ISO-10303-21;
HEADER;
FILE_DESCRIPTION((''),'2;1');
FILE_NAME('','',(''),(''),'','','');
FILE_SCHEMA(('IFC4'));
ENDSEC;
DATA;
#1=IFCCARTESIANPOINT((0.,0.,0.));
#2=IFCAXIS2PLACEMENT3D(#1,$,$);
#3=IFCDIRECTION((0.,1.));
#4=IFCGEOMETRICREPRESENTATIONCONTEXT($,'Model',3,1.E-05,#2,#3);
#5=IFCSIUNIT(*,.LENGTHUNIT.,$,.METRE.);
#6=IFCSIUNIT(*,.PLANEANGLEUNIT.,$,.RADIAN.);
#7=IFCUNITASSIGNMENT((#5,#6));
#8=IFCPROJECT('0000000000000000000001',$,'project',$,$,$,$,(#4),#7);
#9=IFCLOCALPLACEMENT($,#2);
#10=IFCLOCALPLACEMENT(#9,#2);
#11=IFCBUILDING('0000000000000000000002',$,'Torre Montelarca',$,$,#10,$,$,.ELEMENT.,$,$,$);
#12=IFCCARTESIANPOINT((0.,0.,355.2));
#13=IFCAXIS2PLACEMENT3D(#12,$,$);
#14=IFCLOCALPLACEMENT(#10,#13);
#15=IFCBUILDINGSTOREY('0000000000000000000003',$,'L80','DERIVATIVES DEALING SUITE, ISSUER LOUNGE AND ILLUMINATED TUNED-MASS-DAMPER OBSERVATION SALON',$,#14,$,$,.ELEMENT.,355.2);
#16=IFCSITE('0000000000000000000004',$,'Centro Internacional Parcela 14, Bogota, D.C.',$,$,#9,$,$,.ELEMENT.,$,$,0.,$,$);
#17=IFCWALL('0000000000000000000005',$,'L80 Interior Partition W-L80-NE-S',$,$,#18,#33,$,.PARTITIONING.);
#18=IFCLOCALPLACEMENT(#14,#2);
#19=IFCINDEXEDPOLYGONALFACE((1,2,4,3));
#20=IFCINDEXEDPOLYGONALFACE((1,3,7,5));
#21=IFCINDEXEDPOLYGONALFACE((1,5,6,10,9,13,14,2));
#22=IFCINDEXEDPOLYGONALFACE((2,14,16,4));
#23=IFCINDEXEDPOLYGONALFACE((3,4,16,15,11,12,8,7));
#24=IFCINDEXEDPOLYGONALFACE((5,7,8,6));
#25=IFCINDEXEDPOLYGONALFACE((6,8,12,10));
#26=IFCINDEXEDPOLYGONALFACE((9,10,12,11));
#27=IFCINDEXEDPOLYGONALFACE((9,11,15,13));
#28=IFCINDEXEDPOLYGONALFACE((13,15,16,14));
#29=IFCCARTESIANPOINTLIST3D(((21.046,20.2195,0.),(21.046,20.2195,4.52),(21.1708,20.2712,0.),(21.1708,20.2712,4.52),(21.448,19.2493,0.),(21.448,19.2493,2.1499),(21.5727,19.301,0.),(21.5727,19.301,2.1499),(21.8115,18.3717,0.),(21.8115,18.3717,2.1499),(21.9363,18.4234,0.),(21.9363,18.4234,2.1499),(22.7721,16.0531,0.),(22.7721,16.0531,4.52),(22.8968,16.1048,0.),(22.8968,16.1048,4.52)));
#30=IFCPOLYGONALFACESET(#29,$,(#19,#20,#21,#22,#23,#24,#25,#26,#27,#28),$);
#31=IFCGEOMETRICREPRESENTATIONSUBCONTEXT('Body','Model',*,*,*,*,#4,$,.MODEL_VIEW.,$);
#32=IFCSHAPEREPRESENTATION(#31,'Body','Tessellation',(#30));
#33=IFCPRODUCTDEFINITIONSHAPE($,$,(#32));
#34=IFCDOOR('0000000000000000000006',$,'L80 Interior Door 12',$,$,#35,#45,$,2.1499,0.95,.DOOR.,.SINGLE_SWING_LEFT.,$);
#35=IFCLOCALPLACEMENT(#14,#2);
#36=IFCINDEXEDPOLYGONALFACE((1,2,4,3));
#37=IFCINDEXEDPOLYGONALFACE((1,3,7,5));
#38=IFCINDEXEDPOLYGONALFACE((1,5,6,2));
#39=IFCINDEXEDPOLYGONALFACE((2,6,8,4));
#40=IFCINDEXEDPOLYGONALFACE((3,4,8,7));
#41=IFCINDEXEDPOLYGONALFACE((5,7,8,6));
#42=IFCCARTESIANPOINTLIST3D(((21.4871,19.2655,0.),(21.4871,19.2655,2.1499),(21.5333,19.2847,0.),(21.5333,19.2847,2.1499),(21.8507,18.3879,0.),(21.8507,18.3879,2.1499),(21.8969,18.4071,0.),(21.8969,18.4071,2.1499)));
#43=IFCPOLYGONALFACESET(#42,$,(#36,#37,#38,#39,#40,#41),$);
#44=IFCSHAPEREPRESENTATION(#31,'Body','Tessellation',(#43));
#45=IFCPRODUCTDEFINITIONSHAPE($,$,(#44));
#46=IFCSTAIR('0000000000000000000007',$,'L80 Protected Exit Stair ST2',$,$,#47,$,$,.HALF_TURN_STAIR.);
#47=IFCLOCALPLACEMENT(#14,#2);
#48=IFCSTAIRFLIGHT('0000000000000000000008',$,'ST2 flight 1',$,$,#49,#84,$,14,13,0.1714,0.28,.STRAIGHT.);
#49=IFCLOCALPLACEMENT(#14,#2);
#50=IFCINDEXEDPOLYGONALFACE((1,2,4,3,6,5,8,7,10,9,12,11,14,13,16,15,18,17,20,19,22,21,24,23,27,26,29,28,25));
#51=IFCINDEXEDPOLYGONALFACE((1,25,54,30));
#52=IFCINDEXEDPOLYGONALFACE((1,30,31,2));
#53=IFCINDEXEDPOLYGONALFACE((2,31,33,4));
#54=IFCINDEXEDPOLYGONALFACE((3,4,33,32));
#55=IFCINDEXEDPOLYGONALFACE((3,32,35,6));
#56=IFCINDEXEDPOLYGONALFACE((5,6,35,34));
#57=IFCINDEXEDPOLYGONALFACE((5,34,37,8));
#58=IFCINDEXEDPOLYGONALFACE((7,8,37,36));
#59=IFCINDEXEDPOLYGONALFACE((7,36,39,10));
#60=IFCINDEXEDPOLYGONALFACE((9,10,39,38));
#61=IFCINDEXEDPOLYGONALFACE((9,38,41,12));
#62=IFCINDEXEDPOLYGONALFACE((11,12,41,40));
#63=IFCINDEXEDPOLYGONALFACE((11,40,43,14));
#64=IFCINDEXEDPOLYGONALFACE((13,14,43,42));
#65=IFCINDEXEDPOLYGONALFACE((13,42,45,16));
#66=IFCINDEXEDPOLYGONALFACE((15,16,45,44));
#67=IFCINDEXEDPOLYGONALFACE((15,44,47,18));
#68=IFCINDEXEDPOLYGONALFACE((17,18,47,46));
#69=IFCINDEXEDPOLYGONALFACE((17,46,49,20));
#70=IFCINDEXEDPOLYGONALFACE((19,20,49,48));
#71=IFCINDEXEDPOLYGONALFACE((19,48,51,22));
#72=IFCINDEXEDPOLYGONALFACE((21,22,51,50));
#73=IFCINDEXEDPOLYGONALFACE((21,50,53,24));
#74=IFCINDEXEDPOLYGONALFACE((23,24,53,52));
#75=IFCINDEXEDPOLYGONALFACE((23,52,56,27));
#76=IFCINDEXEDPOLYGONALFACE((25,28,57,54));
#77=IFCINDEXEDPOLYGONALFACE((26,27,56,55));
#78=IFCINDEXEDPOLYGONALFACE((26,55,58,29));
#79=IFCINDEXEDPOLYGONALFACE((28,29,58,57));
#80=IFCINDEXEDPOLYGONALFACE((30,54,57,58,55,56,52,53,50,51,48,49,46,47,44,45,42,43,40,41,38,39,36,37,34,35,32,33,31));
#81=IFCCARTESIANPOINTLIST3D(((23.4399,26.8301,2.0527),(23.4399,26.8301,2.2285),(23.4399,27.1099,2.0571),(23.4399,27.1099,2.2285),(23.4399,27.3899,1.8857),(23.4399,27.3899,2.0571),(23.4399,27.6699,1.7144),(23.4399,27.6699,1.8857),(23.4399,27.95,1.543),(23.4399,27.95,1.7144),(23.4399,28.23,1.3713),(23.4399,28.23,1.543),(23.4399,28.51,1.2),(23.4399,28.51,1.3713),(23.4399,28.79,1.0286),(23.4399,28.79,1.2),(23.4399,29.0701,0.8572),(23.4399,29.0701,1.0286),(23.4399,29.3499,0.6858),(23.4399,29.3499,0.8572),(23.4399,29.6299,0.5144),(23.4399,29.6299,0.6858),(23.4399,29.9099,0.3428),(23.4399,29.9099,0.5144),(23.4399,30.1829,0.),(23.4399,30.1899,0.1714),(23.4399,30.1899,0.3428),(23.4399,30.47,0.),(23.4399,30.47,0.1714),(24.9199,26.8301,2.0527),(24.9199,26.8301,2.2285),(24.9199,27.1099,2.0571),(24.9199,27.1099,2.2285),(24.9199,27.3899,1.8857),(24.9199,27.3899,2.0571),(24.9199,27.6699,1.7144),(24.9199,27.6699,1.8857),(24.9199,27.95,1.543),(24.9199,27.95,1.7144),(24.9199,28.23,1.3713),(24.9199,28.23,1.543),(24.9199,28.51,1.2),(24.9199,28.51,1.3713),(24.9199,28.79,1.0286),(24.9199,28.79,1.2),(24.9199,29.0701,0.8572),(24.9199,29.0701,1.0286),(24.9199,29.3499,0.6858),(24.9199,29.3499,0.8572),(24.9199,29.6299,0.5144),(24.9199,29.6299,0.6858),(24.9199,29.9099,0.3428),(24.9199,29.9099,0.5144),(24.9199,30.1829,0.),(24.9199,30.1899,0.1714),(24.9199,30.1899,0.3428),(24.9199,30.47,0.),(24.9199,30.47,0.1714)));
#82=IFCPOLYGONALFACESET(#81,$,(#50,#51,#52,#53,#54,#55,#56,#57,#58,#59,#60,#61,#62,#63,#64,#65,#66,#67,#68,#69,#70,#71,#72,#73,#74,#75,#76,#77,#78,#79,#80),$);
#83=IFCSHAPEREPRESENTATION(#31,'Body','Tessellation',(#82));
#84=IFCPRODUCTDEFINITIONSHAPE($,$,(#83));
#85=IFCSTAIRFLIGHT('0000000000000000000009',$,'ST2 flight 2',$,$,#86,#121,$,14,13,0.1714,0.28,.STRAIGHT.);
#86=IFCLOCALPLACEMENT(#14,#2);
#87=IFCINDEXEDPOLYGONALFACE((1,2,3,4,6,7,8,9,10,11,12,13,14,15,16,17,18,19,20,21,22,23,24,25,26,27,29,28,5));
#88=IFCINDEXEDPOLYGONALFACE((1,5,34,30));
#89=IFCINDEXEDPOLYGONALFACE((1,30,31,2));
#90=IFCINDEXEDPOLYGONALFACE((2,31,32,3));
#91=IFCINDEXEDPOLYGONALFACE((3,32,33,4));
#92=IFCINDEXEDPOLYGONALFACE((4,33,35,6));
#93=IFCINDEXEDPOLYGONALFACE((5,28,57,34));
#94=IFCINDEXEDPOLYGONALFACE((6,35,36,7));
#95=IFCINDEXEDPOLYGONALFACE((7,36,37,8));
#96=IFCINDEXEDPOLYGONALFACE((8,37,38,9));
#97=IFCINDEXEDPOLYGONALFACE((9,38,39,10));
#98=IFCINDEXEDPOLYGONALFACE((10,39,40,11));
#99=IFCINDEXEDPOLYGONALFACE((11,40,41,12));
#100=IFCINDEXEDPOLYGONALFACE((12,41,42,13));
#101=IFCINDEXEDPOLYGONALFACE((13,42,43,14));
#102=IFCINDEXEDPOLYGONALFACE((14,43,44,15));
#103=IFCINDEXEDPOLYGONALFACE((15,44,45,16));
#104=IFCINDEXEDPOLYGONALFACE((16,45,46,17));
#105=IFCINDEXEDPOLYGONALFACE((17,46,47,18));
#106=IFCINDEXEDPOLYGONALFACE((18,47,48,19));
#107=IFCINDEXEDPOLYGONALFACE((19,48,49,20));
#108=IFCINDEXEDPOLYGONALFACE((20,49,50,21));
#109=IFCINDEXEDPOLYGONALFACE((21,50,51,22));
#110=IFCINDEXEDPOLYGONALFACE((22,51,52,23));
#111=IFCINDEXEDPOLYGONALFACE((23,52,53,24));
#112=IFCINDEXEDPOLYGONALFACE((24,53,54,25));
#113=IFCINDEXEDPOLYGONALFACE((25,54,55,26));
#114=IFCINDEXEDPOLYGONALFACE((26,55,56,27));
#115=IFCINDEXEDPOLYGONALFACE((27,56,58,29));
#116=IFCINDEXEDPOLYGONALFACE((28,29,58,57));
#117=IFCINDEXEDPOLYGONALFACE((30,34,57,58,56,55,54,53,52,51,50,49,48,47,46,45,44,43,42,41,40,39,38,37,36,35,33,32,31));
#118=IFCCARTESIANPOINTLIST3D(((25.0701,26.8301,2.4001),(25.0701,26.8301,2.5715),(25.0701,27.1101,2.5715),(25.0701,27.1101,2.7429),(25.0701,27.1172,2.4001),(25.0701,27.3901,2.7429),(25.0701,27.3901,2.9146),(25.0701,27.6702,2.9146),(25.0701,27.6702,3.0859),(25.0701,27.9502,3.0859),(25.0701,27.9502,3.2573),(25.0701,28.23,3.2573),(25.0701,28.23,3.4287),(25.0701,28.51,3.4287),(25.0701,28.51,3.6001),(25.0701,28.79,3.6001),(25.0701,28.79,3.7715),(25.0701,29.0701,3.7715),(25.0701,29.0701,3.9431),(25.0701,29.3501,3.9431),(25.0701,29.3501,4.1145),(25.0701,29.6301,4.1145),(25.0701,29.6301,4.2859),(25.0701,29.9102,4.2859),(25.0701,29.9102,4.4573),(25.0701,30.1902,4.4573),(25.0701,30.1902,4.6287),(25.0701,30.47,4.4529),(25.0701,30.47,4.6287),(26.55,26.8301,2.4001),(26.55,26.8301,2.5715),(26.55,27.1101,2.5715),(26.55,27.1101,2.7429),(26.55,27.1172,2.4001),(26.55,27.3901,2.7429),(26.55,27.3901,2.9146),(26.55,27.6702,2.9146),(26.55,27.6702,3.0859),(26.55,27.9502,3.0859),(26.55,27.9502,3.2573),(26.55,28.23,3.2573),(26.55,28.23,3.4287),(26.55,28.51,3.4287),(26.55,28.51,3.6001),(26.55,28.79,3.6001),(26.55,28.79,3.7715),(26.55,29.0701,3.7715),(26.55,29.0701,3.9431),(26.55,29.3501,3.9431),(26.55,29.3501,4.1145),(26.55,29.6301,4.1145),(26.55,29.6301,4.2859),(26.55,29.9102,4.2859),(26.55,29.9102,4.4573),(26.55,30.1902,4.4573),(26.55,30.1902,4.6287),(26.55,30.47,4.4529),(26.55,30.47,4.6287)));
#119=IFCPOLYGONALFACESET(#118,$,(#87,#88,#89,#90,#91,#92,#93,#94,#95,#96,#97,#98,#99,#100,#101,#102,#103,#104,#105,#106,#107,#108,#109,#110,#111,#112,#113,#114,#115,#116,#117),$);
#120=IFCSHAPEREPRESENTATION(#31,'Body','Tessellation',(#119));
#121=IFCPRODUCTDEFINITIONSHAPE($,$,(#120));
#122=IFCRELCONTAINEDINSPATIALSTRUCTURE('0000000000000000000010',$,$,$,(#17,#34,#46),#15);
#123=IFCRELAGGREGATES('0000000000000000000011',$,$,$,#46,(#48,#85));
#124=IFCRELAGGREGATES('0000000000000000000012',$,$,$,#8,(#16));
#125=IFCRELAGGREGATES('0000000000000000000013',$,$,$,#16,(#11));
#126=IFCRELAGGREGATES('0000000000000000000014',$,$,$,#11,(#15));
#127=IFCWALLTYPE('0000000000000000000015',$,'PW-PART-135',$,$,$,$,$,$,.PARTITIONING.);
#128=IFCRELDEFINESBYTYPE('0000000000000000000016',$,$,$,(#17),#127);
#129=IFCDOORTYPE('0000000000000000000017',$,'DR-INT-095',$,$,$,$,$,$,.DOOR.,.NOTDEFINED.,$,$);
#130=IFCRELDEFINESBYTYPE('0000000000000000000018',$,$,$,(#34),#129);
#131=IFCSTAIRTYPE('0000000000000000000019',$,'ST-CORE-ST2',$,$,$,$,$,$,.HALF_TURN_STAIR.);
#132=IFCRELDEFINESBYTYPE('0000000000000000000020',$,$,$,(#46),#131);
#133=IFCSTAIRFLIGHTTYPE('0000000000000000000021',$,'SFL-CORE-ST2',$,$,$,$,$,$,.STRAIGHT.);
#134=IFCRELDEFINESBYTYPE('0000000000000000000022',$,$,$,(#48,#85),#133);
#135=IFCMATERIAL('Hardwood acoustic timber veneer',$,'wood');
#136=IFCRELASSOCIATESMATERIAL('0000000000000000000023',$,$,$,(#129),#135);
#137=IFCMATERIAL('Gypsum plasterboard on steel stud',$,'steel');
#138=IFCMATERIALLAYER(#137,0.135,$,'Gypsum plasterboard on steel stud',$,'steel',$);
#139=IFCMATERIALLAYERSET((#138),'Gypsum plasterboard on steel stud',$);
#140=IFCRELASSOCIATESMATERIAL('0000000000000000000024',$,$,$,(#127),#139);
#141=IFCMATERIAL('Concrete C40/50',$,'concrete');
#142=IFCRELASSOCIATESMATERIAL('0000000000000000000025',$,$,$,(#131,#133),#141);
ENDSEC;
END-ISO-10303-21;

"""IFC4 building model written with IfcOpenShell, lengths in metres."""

from ifc_helpers import new_model, si_unit, direction, frame, frame_2d, origin, place, context, subcontext, project, spatial, polyline, rectangle, outline, extrude, source, transform, mapped, material, layer, layer_set, type_object, element, fill, aggregate, save


model = new_model("IFC4")

# Units and contexts
model_context = context("Model", 3, precision=1e-05, world=origin(), true_north=direction((0.0, 1.0)))
body_context = subcontext(model_context, "Body", "Model", "MODEL_VIEW")
ifc_project = project(units=[si_unit("LENGTHUNIT", "METRE"), si_unit("PLANEANGLEUNIT", "RADIAN")], contexts=[model_context])

# Site, building, storey
site_placement = place(None, origin())
site = spatial("IfcSite", under=ifc_project, at=site_placement, Name="Centro Internacional Parcela 14, Bogota, D.C.", CompositionType="ELEMENT", RefElevation=0.0)
building_placement = place(site_placement, origin())
building = spatial("IfcBuilding", under=site, at=building_placement, Name="Torre Montelarca", CompositionType="ELEMENT")
storey_placement = place(building_placement, frame((0.0, 0.0, 355.2)))
storey = spatial("IfcBuildingStorey", under=building, at=storey_placement, Name="L80", Description="DERIVATIVES DEALING SUITE, ISSUER LOUNGE AND ILLUMINATED TUNED-MASS-DAMPER OBSERVATION SALON", CompositionType="ELEMENT", Elevation=355.2)

# Shared definitions
ifc_material_1 = material(Name="Concrete C40/50", Category="concrete")

# Shared definitions
ifc_material_2 = material(Name="Gypsum plasterboard on steel stud", Category="steel")

# Wall, opening, door
ifc_material_3 = material(Name="Hardwood acoustic timber veneer", Category="wood")
door_type = type_object("IfcDoorType", Name="DR-INT-095", OperationType="NOTDEFINED", PredefinedType="DOOR", material=ifc_material_3)
shared_shape_1 = source(origin(), body_context, "Body", "SweptSolid", [
    extrude(rectangle(XDim=0.95, YDim=2.1499, at=frame_2d((0.4751, 1.075))), frame((0.0, 0.0249, 0.0), z_axis=(0.0, -1.0, 0.0), x_axis=(1.0, 0.0, 0.0)), (0.0, 0.0, 1.0), 0.05),
])
ifc_layer_1 = layer(ifc_material_2, 0.135, Name="Gypsum plasterboard on steel stud", Category="steel")
ifc_layer_set_1 = layer_set([ifc_layer_1], Name="Gypsum plasterboard on steel stud")
wall_type_1 = type_object("IfcWallType", Name="PW-PART-135", PredefinedType="PARTITIONING", material=ifc_layer_set_1)
wall_1_placement = place(storey_placement, frame((21.1084, 20.2454, 0.0), z_axis=(0.0, 0.0, 1.0), x_axis=(0.382731, -0.92386, 0.0)))
wall_1 = element("IfcWall", 1, at=wall_1_placement, inside=storey, type_object=wall_type_1, Name="L80 Interior Partition W-L80-NE-S", PredefinedType="PARTITIONING", context=body_context, shape_type="SweptSolid", body=[
    extrude(rectangle(XDim=4.5098, YDim=0.135, at=frame_2d((2.2549, 0.0))), origin(), (0.0, 0.0, 1.0), 4.52),
])
opening_1_placement = place(wall_1_placement, frame((1.05, 0.0, 0.0)))
opening_1 = element("IfcOpeningElement", 2, at=opening_1_placement, cuts=wall_1, PredefinedType="OPENING", context=body_context, shape_type="SweptSolid", body=[
    extrude(rectangle(XDim=0.95, YDim=2.1499, at=frame_2d((0.4751, 1.075))), frame((0.0, 0.0776, 0.0), z_axis=(0.0, -1.0, 0.0), x_axis=(1.0, 0.0, 0.0)), (0.0, 0.0, 1.0), 0.155),
])
door_1_placement = place(opening_1_placement, origin())
door_1 = element("IfcDoor", 3, at=door_1_placement, inside=storey, type_object=door_type, Name="L80 Interior Door 12", OperationType="SINGLE_SWING_LEFT", OverallHeight=2.1499, OverallWidth=0.95, PredefinedType="DOOR", context=body_context, shape_type="MappedRepresentation", body=[
    mapped(shared_shape_1, transform((0.0, 0.0, 0.0), scale=1.0)),
])
fill(opening_1, door_1)

# Stair, stair flights
stair_type = type_object("IfcStairType", Name="ST-CORE-ST2", PredefinedType="HALF_TURN_STAIR", material=ifc_material_1)
stair_placement = place(storey_placement, origin())
stair = element("IfcStair", 4, at=stair_placement, inside=storey, type_object=stair_type, Name="L80 Protected Exit Stair ST2", PredefinedType="HALF_TURN_STAIR")
stair_flight_type = type_object("IfcStairFlightType", Name="SFL-CORE-ST2", PredefinedType="STRAIGHT", material=ifc_material_1)
stair_flight_1_placement = place(storey_placement, frame((24.1799, 30.47, 0.0), z_axis=(0.0, 0.0, 1.0), x_axis=(0.0, -1.0, 0.0)))
stair_flight_1 = element("IfcStairFlight", 5, at=stair_flight_1_placement, type_object=stair_flight_type, Name="ST2 flight 1", NumberOfRisers=14, NumberOfTreads=13, PredefinedType="STRAIGHT", RiserHeight=0.1714, TreadLength=0.28, context=body_context, shape_type="SweptSolid", body=[
    extrude(outline(polyline([(0.0, 0.0), (0.0, 0.1714), (0.28, 0.1714), (0.28, 0.3428), (0.5601, 0.3428), (0.5601, 0.5144), (0.8401, 0.5144), (0.8401, 0.6858), (1.1201, 0.6858), (1.1201, 0.8572), (1.3999, 0.8572), (1.3999, 1.0286), (1.6799, 1.0286), (1.6799, 1.2), (1.96, 1.2), (1.96, 1.3713), (2.24, 1.3713), (2.24, 1.543), (2.52, 1.543), (2.52, 1.7144), (2.8, 1.7144), (2.8, 1.8857), (3.0801, 1.8857), (3.0801, 2.0571), (3.3601, 2.0571), (3.3601, 2.2285), (3.6399, 2.2285), (3.6399, 2.3999), (3.6399, 2.0527), (0.2871, 0.0), (0.0, 0.0)])), frame((0.0, 0.74, 0.0), z_axis=(0.0, -1.0, 0.0), x_axis=(1.0, 0.0, 0.0)), (0.0, 0.0, 1.0), 1.48),
])
stair_flight_2_placement = place(storey_placement, frame((25.8101, 26.8301, 2.4001), z_axis=(0.0, 0.0, 1.0), x_axis=(0.0, 1.0, 0.0)))
stair_flight_2 = element("IfcStairFlight", 6, at=stair_flight_2_placement, type_object=stair_flight_type, Name="ST2 flight 2", NumberOfRisers=14, NumberOfTreads=13, PredefinedType="STRAIGHT", RiserHeight=0.1714, TreadLength=0.28, context=body_context, shape_type="SweptSolid", body=[
    extrude(outline(polyline([(0.0, 0.0), (0.0, 0.1714), (0.28, 0.1714), (0.28, 0.3428), (0.5601, 0.3428), (0.5601, 0.5144), (0.8401, 0.5144), (0.8401, 0.6858), (1.1201, 0.6858), (1.1201, 0.8572), (1.3999, 0.8572), (1.3999, 1.0286), (1.6799, 1.0286), (1.6799, 1.2), (1.96, 1.2), (1.96, 1.3713), (2.24, 1.3713), (2.24, 1.543), (2.52, 1.543), (2.52, 1.7144), (2.8, 1.7144), (2.8, 1.8857), (3.0801, 1.8857), (3.0801, 2.0571), (3.3601, 2.0571), (3.3601, 2.2285), (3.6399, 2.2285), (3.6399, 2.3999), (3.6399, 2.0527), (0.2871, 0.0), (0.0, 0.0)])), frame((0.0, 0.74, 0.0), z_axis=(0.0, -1.0, 0.0), x_axis=(1.0, 0.0, 0.0)), (0.0, 0.0, 1.0), 1.48),
])
aggregate(stair, [stair_flight_1, stair_flight_2])

save(model, "model.ifc")
